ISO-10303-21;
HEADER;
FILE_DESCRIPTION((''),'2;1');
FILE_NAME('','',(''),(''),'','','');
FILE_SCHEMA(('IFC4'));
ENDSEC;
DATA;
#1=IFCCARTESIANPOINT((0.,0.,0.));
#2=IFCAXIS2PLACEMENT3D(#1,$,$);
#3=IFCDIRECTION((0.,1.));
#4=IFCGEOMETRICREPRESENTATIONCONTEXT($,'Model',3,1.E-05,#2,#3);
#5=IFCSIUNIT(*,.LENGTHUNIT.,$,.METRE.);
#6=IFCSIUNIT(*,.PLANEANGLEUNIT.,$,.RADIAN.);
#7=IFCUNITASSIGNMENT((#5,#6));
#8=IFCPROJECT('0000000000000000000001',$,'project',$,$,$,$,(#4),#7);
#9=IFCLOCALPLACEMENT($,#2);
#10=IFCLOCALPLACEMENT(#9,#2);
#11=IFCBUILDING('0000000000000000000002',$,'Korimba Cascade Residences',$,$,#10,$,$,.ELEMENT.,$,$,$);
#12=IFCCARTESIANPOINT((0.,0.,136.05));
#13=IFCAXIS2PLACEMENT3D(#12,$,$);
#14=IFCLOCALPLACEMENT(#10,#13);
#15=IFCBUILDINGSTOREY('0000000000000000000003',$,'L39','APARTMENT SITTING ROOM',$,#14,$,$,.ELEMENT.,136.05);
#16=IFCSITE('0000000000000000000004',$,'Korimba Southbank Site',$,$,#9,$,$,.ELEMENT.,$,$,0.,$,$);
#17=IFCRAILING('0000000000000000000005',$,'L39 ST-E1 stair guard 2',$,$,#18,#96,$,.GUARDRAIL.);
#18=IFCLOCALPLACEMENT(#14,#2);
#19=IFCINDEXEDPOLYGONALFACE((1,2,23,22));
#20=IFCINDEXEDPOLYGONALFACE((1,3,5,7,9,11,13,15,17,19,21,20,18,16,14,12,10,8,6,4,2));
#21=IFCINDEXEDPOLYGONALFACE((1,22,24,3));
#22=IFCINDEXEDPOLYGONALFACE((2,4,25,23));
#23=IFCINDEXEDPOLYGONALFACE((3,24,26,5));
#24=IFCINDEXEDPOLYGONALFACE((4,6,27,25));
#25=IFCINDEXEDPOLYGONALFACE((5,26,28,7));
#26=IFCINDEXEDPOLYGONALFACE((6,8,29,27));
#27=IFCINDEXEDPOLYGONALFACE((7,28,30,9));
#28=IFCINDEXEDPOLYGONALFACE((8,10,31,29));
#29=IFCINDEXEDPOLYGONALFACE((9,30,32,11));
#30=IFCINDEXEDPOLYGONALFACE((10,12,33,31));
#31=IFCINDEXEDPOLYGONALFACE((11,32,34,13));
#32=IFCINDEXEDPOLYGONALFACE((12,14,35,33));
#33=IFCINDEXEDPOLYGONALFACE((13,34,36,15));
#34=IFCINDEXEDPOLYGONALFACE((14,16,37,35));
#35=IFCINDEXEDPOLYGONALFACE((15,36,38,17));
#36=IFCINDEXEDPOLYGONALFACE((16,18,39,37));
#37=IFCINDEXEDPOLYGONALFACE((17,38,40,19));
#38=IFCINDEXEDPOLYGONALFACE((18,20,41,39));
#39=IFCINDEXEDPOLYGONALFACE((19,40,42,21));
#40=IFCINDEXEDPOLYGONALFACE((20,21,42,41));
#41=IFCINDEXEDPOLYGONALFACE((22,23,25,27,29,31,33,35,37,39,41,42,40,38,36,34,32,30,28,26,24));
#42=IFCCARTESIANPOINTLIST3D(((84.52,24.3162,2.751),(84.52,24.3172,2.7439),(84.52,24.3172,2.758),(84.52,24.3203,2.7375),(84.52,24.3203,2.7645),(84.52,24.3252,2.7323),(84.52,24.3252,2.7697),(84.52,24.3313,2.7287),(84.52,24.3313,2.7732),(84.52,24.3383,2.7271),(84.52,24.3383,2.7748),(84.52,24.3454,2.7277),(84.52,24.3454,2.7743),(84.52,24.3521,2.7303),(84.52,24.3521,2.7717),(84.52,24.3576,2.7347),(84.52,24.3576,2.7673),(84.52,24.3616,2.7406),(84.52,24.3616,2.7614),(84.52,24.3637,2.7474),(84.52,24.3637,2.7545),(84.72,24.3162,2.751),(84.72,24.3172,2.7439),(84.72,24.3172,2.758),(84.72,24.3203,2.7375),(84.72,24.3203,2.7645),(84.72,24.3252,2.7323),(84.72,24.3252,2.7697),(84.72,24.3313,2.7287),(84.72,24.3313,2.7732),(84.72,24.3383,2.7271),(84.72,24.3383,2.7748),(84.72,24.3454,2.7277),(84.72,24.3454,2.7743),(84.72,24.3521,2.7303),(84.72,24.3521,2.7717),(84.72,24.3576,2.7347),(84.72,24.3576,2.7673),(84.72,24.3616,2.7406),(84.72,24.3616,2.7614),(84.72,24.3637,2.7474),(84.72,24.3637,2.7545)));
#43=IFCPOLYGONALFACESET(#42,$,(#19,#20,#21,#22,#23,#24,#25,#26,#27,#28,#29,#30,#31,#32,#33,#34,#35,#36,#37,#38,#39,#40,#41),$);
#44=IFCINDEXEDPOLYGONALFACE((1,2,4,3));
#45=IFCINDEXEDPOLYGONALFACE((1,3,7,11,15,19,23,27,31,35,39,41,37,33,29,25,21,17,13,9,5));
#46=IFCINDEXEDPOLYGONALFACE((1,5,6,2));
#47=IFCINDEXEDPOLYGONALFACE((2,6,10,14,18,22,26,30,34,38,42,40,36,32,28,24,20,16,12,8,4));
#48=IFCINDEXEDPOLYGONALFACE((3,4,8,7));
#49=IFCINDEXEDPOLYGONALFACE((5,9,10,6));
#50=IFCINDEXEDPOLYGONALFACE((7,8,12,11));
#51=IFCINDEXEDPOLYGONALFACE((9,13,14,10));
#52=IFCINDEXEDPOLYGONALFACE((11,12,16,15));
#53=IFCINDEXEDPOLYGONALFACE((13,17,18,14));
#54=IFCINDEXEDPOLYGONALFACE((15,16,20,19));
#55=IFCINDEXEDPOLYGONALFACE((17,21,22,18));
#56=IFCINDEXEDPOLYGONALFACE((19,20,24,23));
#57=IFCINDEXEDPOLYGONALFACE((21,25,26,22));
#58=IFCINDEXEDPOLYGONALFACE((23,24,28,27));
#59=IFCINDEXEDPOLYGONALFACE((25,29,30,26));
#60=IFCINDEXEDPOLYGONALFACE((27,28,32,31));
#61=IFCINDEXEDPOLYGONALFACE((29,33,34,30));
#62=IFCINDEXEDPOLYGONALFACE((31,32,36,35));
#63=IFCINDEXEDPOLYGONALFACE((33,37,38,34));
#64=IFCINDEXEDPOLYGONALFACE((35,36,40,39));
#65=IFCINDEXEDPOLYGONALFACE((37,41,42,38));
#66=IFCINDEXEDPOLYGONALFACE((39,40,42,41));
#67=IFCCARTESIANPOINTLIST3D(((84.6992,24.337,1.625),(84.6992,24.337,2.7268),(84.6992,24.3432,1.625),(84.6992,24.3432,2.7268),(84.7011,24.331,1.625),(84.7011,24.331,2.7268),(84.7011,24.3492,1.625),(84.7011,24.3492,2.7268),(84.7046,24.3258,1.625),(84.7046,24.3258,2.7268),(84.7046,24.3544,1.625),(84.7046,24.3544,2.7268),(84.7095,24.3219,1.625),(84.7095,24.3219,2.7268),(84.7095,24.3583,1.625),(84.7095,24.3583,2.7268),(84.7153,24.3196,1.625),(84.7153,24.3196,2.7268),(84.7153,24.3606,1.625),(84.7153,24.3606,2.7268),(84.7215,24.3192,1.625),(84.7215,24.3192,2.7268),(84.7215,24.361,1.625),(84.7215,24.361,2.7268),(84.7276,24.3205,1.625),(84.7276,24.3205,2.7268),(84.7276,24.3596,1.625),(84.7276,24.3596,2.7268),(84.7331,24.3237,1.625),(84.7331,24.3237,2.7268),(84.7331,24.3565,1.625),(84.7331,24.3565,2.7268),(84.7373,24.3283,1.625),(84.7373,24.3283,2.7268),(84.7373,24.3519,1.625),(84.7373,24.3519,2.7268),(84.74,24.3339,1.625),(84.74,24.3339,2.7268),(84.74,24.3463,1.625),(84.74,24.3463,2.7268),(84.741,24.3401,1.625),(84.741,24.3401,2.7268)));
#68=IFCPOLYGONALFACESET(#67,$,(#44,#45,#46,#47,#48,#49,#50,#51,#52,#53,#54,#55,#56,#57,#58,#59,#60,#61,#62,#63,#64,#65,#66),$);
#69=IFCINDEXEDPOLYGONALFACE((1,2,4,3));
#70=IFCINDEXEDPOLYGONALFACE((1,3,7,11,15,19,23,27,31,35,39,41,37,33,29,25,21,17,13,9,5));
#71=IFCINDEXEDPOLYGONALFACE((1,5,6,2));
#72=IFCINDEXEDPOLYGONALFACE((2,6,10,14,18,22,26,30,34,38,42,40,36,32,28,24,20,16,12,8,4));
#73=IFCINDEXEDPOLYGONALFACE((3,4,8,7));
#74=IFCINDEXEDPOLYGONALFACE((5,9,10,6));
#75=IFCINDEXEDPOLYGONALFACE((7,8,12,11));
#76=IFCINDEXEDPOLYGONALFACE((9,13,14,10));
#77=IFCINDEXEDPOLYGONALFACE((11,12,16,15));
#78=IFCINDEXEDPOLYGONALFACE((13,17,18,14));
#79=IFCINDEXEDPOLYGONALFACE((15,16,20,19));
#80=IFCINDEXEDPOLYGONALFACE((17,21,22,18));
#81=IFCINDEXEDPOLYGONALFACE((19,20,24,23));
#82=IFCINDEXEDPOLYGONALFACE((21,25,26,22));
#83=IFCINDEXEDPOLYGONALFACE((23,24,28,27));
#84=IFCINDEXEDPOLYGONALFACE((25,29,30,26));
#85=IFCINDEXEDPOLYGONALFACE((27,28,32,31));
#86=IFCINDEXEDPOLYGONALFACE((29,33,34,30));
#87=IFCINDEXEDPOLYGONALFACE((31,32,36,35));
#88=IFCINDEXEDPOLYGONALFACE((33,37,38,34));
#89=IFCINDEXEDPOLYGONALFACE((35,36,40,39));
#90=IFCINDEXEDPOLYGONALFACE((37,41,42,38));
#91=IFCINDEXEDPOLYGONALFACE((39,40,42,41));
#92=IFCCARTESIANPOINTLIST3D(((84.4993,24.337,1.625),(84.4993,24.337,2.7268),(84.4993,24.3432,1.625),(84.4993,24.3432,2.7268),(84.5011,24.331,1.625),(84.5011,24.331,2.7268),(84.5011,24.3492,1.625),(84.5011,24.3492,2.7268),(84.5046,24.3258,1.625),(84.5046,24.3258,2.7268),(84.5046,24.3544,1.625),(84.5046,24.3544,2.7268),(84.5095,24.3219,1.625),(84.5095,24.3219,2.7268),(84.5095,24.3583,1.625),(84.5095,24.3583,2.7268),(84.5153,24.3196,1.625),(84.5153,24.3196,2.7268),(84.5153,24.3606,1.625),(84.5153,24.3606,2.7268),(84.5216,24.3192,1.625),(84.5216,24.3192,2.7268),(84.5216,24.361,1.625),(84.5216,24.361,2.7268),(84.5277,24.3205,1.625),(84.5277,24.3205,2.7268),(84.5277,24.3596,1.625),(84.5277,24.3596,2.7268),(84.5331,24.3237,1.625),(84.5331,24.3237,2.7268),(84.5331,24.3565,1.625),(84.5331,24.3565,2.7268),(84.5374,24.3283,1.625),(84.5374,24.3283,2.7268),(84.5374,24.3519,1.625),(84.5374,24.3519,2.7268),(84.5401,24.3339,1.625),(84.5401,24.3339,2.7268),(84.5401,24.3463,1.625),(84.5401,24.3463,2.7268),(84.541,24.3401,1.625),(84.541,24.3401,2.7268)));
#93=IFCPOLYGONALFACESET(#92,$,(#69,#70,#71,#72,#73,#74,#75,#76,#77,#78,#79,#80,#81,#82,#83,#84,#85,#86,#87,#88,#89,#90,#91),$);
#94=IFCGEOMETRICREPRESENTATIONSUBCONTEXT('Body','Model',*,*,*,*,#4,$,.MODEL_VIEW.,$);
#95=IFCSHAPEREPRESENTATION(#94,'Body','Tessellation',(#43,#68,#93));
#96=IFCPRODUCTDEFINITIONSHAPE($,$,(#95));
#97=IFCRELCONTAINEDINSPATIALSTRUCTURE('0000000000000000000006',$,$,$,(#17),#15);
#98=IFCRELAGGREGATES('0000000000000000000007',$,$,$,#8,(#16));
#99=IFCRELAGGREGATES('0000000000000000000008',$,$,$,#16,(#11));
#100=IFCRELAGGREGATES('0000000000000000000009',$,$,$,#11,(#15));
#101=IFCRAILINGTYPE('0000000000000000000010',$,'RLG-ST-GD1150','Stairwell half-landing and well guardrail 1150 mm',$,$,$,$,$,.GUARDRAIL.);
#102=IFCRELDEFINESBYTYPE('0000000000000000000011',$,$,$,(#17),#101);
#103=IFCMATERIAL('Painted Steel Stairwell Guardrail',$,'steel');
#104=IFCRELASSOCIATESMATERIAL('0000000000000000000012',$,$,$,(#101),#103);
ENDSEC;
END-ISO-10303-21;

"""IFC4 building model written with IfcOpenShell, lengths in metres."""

from ifc_helpers import new_model, si_unit, direction, frame, origin, origin_2d, place, context, subcontext, project, spatial, circle, extrude, material, type_object, element, save


model = new_model("IFC4")

# Units and contexts
model_context = context("Model", 3, precision=1e-05, world=origin(), true_north=direction((0.0, 1.0)))
body_context = subcontext(model_context, "Body", "Model", "MODEL_VIEW")
ifc_project = project(units=[si_unit("LENGTHUNIT", "METRE"), si_unit("PLANEANGLEUNIT", "RADIAN")], contexts=[model_context])

# Site, building, storey
site_placement = place(None, origin())
site = spatial("IfcSite", under=ifc_project, at=site_placement, Name="Korimba Southbank Site", CompositionType="ELEMENT", RefElevation=0.0)
building_placement = place(site_placement, origin())
building = spatial("IfcBuilding", under=site, at=building_placement, Name="Korimba Cascade Residences", CompositionType="ELEMENT")
storey_placement = place(building_placement, frame((0.0, 0.0, 136.05)))
storey = spatial("IfcBuildingStorey", under=building, at=storey_placement, Name="L39", Description="APARTMENT SITTING ROOM", CompositionType="ELEMENT", Elevation=136.05)

# Railing
ifc_material_1 = material(Name="Painted Steel Stairwell Guardrail", Category="steel")
railing_type_1 = type_object("IfcRailingType", Name="RLG-ST-GD1150", Description="Stairwell half-landing and well guardrail 1150 mm", PredefinedType="GUARDRAIL", material=ifc_material_1)
railing_1_placement = place(storey_placement, frame((84.72, 24.3401, 1.625)))
element("IfcRailing", 1, at=railing_1_placement, inside=storey, type_object=railing_type_1, Name="L39 ST-E1 stair guard 2", PredefinedType="GUARDRAIL", context=body_context, shape_type="SweptSolid", body=[
    extrude(circle(Radius=0.0239, at=origin_2d()), frame((0.0, 0.0, 1.126), z_axis=(-1.0, 0.0, 0.0), x_axis=(0.0, -1.0, 0.0)), (0.0, 0.0, 1.0), 0.2),
    extrude(circle(Radius=0.021, at=origin_2d()), origin(), (0.0, 0.0, 1.0), 1.1018),
    extrude(circle(Radius=0.021, at=origin_2d()), frame((-0.2, 0.0, 0.0)), (0.0, 0.0, 1.0), 1.1018),
])

save(model, "model.ifc")
